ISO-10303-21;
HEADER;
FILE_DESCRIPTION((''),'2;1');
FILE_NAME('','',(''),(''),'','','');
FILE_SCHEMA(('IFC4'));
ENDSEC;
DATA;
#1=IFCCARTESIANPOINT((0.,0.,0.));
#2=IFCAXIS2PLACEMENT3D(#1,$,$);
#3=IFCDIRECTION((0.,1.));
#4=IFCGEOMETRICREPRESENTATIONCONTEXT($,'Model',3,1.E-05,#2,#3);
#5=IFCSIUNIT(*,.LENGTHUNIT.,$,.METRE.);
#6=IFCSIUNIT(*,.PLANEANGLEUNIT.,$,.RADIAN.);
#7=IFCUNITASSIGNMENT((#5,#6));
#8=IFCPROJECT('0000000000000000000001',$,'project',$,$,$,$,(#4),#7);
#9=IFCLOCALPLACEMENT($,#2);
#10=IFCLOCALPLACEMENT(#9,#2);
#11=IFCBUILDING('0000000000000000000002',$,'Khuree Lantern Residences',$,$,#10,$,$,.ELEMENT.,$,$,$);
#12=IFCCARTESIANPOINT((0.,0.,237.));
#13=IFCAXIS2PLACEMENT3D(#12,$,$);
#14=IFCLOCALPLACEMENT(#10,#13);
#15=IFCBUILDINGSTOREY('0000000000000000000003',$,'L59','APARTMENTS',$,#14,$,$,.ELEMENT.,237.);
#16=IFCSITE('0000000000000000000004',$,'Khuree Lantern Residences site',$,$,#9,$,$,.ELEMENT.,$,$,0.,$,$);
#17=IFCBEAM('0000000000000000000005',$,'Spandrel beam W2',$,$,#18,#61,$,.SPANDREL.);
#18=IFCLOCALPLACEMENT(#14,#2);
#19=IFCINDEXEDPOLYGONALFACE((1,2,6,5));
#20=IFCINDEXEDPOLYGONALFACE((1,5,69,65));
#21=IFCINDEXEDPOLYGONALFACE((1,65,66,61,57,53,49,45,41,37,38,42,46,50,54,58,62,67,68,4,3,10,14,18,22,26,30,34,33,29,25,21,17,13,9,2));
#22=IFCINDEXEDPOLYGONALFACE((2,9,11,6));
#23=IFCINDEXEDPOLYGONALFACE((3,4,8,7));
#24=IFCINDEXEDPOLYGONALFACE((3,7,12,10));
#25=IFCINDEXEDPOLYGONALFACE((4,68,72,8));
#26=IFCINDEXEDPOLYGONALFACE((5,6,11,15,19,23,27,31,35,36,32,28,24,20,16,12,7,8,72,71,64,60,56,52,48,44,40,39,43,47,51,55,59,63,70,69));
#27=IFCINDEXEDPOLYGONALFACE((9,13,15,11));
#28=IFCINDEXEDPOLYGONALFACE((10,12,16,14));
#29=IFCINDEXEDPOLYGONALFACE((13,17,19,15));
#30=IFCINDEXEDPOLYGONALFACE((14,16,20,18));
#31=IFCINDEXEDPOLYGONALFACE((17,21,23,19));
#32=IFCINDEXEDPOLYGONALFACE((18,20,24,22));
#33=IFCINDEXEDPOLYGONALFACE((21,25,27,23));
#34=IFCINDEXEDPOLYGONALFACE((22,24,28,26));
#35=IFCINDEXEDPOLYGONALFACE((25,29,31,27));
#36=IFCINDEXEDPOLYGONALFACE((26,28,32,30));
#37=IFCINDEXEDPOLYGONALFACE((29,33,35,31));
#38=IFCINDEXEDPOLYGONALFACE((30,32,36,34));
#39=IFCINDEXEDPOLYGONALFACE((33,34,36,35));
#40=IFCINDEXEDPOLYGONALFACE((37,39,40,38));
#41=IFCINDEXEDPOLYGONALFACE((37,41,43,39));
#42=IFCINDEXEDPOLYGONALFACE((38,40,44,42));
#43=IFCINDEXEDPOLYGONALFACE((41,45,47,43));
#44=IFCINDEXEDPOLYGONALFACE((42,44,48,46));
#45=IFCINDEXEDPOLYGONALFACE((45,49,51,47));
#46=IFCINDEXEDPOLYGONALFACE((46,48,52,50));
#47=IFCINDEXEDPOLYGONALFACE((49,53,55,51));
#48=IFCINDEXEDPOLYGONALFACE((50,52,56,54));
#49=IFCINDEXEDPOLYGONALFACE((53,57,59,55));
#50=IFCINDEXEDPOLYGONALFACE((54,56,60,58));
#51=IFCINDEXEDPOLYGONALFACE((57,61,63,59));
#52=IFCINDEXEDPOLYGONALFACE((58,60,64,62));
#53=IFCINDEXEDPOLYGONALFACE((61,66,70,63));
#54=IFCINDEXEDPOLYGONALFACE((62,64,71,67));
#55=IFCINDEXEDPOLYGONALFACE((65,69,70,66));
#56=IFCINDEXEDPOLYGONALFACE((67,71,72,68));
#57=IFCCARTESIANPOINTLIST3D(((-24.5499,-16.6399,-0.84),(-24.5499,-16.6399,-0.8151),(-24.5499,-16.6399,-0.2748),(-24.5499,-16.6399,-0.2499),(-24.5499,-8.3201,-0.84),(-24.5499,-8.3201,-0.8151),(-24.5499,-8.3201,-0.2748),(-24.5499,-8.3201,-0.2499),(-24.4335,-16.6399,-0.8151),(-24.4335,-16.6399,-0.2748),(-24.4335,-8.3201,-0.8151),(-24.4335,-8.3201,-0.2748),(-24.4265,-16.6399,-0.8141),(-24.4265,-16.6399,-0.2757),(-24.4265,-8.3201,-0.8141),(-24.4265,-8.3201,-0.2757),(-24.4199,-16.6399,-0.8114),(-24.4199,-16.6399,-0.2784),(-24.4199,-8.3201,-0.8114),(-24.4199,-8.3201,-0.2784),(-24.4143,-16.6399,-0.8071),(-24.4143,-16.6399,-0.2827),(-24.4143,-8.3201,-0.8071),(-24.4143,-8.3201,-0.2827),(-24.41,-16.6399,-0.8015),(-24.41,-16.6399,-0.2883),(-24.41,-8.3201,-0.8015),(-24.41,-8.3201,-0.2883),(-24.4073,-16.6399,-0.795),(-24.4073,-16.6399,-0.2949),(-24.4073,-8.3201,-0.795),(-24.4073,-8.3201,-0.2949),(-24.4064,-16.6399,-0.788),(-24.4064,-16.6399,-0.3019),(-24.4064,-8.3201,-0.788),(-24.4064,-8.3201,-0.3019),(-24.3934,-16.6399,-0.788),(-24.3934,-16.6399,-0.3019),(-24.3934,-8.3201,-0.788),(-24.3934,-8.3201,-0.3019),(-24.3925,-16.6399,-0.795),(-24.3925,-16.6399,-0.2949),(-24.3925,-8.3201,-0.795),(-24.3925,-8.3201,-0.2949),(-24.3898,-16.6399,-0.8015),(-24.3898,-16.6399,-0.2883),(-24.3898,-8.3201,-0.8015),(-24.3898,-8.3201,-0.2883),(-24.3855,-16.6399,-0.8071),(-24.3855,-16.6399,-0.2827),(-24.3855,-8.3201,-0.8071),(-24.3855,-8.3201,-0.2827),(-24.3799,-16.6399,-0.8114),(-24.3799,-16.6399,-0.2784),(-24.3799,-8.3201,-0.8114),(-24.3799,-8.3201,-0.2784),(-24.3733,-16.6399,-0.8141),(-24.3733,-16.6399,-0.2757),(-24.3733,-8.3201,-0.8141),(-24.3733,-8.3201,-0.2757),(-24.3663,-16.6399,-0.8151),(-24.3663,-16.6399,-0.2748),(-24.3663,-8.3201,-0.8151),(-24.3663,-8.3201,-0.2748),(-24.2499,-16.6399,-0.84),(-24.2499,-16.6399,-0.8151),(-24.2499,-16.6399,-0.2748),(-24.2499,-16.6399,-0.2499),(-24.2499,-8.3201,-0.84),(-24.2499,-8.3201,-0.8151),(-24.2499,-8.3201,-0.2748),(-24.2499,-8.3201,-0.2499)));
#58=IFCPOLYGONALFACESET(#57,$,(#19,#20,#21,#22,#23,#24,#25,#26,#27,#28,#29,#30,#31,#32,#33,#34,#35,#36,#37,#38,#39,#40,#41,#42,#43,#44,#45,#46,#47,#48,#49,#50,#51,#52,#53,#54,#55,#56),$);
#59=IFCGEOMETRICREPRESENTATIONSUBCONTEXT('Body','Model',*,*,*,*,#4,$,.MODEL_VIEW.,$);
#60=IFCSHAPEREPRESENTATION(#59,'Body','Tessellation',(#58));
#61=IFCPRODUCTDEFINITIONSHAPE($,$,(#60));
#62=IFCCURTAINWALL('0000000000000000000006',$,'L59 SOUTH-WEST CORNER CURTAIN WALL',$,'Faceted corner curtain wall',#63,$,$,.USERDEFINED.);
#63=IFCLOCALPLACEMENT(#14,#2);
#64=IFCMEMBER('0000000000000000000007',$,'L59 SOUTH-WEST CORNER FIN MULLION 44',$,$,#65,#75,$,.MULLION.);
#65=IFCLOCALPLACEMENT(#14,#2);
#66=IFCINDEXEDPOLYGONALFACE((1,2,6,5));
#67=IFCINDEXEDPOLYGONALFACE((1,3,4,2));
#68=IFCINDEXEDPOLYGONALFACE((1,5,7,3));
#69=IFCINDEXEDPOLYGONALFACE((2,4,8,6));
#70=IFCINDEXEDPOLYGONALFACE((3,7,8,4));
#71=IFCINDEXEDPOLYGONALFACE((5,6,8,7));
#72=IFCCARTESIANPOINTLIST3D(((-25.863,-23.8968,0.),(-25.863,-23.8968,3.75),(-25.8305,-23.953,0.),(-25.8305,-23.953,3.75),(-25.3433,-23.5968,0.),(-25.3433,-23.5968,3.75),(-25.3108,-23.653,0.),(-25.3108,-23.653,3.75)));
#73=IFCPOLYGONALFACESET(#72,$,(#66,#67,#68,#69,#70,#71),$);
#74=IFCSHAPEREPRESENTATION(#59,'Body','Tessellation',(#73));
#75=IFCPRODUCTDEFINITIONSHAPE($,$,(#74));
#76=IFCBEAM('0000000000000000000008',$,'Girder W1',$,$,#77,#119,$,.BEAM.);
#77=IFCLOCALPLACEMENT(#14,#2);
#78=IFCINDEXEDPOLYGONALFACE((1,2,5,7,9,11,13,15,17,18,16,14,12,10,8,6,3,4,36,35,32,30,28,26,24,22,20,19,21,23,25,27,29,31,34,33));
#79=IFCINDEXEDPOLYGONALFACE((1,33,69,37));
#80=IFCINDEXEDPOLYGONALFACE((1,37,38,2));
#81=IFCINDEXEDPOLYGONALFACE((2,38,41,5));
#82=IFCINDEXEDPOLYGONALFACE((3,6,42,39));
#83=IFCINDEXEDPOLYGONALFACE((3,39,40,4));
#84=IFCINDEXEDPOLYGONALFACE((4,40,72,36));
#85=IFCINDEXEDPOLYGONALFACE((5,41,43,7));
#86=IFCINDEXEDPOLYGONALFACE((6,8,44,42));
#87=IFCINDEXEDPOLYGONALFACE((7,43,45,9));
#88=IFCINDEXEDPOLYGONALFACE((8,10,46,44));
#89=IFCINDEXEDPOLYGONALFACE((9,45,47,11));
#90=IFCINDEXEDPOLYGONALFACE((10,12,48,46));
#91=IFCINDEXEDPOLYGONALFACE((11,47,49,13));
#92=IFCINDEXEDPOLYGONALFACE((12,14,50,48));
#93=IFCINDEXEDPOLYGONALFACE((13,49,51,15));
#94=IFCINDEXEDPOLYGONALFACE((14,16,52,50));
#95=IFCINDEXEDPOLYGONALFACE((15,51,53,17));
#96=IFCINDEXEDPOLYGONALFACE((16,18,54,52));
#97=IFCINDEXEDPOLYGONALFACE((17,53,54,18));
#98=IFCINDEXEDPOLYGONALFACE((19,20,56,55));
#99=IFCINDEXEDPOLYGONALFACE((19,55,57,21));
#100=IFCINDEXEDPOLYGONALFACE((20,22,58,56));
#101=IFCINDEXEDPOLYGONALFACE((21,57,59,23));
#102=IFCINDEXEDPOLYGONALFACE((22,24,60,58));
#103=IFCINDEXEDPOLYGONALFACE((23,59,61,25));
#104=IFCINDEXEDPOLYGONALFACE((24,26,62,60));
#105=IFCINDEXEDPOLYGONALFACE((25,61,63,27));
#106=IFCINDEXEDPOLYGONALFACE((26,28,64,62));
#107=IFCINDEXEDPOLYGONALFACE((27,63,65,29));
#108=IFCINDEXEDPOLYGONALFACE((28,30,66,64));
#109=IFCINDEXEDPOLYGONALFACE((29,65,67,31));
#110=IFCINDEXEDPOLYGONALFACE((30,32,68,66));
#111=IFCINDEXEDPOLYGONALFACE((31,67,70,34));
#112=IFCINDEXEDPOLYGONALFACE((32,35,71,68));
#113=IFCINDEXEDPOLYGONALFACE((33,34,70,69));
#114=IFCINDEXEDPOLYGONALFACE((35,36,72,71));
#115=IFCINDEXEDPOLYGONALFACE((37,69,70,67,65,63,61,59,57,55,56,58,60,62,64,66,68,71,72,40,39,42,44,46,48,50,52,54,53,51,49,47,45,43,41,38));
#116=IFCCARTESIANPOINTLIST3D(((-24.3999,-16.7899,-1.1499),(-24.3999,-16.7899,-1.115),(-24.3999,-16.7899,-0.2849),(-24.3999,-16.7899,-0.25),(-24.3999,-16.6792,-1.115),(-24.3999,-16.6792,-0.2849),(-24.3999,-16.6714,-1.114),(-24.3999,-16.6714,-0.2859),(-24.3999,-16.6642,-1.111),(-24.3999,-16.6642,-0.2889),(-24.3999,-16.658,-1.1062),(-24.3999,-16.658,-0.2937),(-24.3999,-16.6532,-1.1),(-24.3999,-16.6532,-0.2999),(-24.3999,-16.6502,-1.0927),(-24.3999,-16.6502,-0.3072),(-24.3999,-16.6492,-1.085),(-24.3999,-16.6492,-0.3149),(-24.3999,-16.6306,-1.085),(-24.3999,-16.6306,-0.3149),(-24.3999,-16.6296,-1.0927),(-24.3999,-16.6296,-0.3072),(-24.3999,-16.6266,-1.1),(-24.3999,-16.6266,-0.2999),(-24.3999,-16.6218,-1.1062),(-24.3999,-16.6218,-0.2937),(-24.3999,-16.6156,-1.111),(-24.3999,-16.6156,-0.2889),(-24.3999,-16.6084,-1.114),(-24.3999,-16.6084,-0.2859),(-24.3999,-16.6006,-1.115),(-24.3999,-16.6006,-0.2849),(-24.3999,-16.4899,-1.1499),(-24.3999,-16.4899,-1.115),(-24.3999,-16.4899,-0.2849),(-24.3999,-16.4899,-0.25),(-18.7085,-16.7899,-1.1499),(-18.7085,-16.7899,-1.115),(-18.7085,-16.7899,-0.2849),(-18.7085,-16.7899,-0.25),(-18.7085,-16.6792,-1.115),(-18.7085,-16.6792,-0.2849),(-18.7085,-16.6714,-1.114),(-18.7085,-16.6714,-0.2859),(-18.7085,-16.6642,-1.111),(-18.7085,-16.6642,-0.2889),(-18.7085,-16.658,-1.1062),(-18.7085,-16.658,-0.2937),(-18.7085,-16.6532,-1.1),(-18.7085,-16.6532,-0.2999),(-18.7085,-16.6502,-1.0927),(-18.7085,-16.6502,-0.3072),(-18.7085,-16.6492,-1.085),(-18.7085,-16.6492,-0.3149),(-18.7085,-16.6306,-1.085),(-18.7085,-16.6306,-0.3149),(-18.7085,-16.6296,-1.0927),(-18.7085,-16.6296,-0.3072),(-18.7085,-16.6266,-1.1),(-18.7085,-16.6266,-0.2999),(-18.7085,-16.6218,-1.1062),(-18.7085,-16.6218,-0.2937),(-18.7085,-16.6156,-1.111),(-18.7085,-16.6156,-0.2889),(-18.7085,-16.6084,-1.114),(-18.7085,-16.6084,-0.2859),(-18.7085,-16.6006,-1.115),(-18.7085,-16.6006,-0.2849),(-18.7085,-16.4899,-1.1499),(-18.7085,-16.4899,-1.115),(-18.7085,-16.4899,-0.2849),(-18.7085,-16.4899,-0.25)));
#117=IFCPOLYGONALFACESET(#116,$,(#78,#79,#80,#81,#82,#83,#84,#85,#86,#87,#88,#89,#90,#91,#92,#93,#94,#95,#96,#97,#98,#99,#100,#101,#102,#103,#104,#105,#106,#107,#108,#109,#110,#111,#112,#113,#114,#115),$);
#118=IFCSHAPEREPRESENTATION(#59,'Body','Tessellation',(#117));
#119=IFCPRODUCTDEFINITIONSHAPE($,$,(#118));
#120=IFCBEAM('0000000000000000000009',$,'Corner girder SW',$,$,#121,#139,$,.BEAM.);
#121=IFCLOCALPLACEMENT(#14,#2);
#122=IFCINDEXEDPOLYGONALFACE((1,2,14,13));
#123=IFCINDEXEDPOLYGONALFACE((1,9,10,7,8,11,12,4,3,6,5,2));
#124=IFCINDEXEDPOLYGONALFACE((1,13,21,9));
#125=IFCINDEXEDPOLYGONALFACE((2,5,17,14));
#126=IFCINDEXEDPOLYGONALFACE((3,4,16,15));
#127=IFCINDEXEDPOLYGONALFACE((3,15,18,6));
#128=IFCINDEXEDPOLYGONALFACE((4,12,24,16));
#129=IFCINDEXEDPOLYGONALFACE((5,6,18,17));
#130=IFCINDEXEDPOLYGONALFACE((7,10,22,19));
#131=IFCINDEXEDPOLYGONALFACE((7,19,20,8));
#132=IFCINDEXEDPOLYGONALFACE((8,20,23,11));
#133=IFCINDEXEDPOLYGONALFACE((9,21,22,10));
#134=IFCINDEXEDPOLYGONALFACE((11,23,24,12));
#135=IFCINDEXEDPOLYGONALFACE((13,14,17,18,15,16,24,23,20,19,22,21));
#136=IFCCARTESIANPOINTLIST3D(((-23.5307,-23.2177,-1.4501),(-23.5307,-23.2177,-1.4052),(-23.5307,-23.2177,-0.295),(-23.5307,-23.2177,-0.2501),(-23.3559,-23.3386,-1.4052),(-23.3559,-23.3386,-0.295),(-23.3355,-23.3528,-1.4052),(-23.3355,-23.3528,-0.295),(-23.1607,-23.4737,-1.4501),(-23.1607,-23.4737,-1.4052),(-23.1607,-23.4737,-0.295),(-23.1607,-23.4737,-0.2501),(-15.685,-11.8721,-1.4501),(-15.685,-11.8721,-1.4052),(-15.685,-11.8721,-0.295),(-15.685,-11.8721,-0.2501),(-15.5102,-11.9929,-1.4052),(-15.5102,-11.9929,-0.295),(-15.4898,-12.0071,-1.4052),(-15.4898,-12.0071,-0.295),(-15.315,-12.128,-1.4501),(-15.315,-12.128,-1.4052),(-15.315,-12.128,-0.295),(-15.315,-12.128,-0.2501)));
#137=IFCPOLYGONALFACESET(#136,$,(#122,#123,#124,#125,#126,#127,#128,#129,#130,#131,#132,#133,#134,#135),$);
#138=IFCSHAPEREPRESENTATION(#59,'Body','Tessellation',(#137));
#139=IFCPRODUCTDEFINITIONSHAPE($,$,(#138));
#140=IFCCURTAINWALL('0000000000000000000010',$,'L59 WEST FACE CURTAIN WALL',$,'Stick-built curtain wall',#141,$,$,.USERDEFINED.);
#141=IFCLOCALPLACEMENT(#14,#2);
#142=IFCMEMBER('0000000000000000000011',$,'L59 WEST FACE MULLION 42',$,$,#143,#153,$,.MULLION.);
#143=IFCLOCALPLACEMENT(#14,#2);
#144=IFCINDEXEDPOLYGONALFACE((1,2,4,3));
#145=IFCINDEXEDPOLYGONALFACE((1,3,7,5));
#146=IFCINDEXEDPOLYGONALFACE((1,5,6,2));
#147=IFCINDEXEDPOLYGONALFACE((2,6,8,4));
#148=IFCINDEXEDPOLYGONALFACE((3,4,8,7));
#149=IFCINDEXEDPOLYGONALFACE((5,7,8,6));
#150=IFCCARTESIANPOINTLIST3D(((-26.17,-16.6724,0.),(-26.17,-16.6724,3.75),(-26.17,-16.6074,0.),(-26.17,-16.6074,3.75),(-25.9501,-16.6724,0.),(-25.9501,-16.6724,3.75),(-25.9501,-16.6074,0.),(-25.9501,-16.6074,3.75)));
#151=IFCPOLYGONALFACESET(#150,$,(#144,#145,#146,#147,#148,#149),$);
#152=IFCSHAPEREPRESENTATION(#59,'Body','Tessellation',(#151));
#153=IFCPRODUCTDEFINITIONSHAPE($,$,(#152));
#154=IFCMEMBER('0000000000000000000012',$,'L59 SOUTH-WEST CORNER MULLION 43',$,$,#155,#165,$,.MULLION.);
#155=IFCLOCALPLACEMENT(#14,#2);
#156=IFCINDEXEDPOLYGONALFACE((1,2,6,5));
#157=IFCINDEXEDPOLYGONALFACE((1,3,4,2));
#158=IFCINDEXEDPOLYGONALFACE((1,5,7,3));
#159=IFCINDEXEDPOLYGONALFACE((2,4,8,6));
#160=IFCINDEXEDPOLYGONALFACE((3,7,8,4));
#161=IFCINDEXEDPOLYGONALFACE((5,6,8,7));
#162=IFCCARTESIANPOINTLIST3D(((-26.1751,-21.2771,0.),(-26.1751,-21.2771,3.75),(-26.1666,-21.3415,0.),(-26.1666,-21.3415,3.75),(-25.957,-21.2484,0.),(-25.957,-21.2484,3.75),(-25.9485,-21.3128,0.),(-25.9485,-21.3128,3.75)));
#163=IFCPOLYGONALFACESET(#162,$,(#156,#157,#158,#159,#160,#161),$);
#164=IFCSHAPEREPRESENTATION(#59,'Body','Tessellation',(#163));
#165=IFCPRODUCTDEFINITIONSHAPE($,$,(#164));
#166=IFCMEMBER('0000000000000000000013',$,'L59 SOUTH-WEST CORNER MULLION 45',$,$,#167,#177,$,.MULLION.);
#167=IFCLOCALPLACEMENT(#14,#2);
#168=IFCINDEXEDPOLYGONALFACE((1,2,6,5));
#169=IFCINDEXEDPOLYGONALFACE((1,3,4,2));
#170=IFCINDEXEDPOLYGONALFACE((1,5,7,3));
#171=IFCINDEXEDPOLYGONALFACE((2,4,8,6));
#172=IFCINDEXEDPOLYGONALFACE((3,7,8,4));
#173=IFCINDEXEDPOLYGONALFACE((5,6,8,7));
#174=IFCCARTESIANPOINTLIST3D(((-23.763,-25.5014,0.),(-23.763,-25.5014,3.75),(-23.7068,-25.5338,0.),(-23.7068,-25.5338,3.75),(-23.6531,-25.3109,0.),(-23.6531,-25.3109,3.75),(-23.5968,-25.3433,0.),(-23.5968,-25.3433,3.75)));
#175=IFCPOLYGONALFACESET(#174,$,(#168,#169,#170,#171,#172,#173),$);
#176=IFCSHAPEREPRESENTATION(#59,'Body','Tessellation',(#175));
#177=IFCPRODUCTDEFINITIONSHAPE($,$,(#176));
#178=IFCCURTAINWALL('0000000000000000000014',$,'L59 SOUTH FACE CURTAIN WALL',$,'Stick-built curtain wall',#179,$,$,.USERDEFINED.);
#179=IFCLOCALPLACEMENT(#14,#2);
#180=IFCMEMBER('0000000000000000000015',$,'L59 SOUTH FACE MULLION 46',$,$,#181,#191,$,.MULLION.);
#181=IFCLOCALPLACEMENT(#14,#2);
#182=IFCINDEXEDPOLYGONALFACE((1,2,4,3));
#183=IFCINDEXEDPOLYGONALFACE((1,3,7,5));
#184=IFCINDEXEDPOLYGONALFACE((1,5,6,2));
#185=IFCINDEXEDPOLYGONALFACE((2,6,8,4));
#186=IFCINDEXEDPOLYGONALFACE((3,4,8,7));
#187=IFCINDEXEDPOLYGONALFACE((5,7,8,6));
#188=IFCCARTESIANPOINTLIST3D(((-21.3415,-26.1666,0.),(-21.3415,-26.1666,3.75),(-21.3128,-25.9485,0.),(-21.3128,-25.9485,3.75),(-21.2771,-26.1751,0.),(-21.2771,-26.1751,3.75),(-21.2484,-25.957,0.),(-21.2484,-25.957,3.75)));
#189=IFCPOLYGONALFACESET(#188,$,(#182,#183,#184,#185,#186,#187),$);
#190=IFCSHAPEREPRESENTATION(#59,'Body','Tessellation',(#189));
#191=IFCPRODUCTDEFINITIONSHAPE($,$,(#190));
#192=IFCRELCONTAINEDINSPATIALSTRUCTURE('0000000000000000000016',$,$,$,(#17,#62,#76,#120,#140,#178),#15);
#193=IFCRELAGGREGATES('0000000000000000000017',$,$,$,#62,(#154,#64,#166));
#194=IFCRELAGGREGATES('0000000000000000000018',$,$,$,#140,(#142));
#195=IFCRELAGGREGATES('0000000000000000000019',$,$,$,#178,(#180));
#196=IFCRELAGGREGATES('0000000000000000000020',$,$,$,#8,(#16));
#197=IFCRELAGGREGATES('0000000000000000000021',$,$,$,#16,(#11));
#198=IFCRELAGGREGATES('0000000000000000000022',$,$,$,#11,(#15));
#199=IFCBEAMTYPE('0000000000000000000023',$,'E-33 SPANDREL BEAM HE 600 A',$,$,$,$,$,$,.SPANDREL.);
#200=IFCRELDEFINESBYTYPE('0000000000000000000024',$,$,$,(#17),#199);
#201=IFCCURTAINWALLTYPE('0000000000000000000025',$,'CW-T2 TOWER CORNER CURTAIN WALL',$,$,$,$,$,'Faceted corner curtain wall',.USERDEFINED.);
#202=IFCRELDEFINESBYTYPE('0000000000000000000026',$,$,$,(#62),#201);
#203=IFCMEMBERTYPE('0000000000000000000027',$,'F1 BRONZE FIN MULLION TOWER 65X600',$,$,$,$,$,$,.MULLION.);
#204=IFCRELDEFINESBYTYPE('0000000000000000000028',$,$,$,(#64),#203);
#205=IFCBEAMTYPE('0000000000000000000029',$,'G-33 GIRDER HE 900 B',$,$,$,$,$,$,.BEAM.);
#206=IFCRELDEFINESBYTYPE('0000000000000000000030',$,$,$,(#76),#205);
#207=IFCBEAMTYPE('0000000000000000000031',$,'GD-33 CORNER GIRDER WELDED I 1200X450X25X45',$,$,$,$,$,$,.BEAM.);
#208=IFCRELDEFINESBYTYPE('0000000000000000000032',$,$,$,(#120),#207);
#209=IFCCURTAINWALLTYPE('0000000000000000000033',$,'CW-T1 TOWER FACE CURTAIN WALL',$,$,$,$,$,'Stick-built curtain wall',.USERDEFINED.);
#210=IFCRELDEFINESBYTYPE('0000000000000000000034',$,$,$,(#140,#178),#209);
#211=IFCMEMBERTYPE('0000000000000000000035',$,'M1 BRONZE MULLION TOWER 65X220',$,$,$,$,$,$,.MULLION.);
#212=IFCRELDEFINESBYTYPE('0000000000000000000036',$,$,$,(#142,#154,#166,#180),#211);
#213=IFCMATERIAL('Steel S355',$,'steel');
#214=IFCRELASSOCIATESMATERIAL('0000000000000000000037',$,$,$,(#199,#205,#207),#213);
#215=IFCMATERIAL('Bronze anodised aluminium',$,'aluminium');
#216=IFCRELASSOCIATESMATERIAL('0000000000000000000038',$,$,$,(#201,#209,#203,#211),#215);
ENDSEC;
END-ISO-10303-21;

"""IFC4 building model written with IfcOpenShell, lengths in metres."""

from ifc_helpers import new_model, si_unit, direction, frame, origin, origin_2d, place, context, subcontext, project, spatial, rectangle, i_section, extrude, material, material_profile, profile_set, type_object, element, aggregate, save


model = new_model("IFC4")

# Units and contexts
model_context = context("Model", 3, precision=1e-05, world=origin(), true_north=direction((0.0, 1.0)))
body_context = subcontext(model_context, "Body", "Model", "MODEL_VIEW")
ifc_project = project(units=[si_unit("LENGTHUNIT", "METRE"), si_unit("PLANEANGLEUNIT", "RADIAN")], contexts=[model_context])

# Site, building, storey
site_placement = place(None, origin())
site = spatial("IfcSite", under=ifc_project, at=site_placement, Name="Khuree Lantern Residences site", CompositionType="ELEMENT", RefElevation=0.0)
building_placement = place(site_placement, origin())
building = spatial("IfcBuilding", under=site, at=building_placement, Name="Khuree Lantern Residences", CompositionType="ELEMENT")
storey_placement = place(building_placement, frame((0.0, 0.0, 237.0)))
storey = spatial("IfcBuildingStorey", under=building, at=storey_placement, Name="L59", Description="APARTMENTS", CompositionType="ELEMENT", Elevation=237.0)

# Beam
ifc_material_1 = material(Name="Steel S355", Category="steel")
ifc_material_profile_1 = material_profile(ifc_material_1, i_section(OverallWidth=0.3, OverallDepth=0.5901, WebThickness=0.0129, FlangeThickness=0.0249, FilletRadius=0.0271, at=origin_2d()), Name="HE 600 A")
ifc_profile_set_1 = profile_set([ifc_material_profile_1], Name="Steel S355")
beam_type_1 = type_object("IfcBeamType", Name="E-33 SPANDREL BEAM HE 600 A", PredefinedType="SPANDREL", material=ifc_profile_set_1)
beam_1_placement = place(storey_placement, frame((-24.3999, -16.6399, -0.5449), z_axis=(0.0, 1.0, 0.0), x_axis=(-1.0, 0.0, 0.0)))
element("IfcBeam", 1, at=beam_1_placement, inside=storey, type_object=beam_type_1, Name="Spandrel beam W2", PredefinedType="SPANDREL", context=body_context, shape_type="SweptSolid", body=[
    extrude(i_section(OverallWidth=0.3, OverallDepth=0.5901, WebThickness=0.0129, FlangeThickness=0.0249, FilletRadius=0.0271, at=origin_2d()), origin(), (0.0, 0.0, 1.0), 8.3198),
])

# Curtain wall, member
ifc_material_2 = material(Name="Bronze anodised aluminium", Category="aluminium")
curtain_wall_type_1 = type_object("IfcCurtainWallType", Name="CW-T2 TOWER CORNER CURTAIN WALL", ElementType="Faceted corner curtain wall", PredefinedType="USERDEFINED", material=ifc_material_2)
curtain_wall_1_placement = place(storey_placement, origin())
curtain_wall_1 = element("IfcCurtainWall", 2, at=curtain_wall_1_placement, inside=storey, type_object=curtain_wall_type_1, Name="L59 SOUTH-WEST CORNER CURTAIN WALL", ObjectType="Faceted corner curtain wall", PredefinedType="USERDEFINED")
ifc_material_profile_2 = material_profile(ifc_material_2, rectangle(XDim=0.0649, YDim=0.6001, at=origin_2d()), Name="F1 65X600")
ifc_profile_set_2 = profile_set([ifc_material_profile_2], Name="Bronze anodised aluminium")
member_type_1 = type_object("IfcMemberType", Name="F1 BRONZE FIN MULLION TOWER 65X600", PredefinedType="MULLION", material=ifc_profile_set_2)
member_1_placement = place(storey_placement, frame((-25.5869, -23.7749, 0.0), z_axis=(0.0, 0.0, 1.0), x_axis=(0.5, -0.866025, 0.0)))
member_1 = element("IfcMember", 3, at=member_1_placement, type_object=member_type_1, Name="L59 SOUTH-WEST CORNER FIN MULLION 44", PredefinedType="MULLION", context=body_context, shape_type="SweptSolid", body=[
    extrude(rectangle(XDim=0.0649, YDim=0.6001, at=origin_2d()), origin(), (0.0, 0.0, 1.0), 3.75),
])

# Beams
ifc_material_profile_3 = material_profile(ifc_material_1, i_section(OverallWidth=0.3, OverallDepth=0.8999, WebThickness=0.0186, FlangeThickness=0.0349, FilletRadius=0.03, at=origin_2d()), Name="HE 900 B")
ifc_profile_set_3 = profile_set([ifc_material_profile_3], Name="Steel S355")
beam_type_2 = type_object("IfcBeamType", Name="G-33 GIRDER HE 900 B", PredefinedType="BEAM", material=ifc_profile_set_3)
beam_2_placement = place(storey_placement, frame((-24.3999, -16.6399, -0.7), z_axis=(1.0, 0.0, 0.0), x_axis=(0.0, 1.0, 0.0)))
element("IfcBeam", 4, at=beam_2_placement, inside=storey, type_object=beam_type_2, Name="Girder W1", PredefinedType="BEAM", context=body_context, shape_type="SweptSolid", body=[
    extrude(i_section(OverallWidth=0.3, OverallDepth=0.8999, WebThickness=0.0186, FlangeThickness=0.0349, FilletRadius=0.03, at=origin_2d()), origin(), (0.0, 0.0, 1.0), 5.6914),
])
ifc_material_profile_4 = material_profile(ifc_material_1, i_section(OverallWidth=0.45, OverallDepth=1.2, WebThickness=0.0249, FlangeThickness=0.0449, at=origin_2d()), Name="WELDED I 1200X450X25X45")
ifc_profile_set_4 = profile_set([ifc_material_profile_4], Name="Steel S355")
beam_type_3 = type_object("IfcBeamType", Name="GD-33 CORNER GIRDER WELDED I 1200X450X25X45", PredefinedType="BEAM", material=ifc_profile_set_4)
beam_3_placement = place(storey_placement, frame((-23.3457, -23.3457, -0.8501), z_axis=(0.568768, 0.822498, 0.0), x_axis=(-0.822498, 0.568768, 0.0)))
element("IfcBeam", 5, at=beam_3_placement, inside=storey, type_object=beam_type_3, Name="Corner girder SW", PredefinedType="BEAM", context=body_context, shape_type="SweptSolid", body=[
    extrude(i_section(OverallWidth=0.45, OverallDepth=1.2, WebThickness=0.0249, FlangeThickness=0.0449, at=origin_2d()), origin(), (0.0, 0.0, 1.0), 13.7942),
])

# Curtain wall, member
curtain_wall_type_2 = type_object("IfcCurtainWallType", Name="CW-T1 TOWER FACE CURTAIN WALL", ElementType="Stick-built curtain wall", PredefinedType="USERDEFINED", material=ifc_material_2)
curtain_wall_2_placement = place(storey_placement, origin())
curtain_wall_2 = element("IfcCurtainWall", 6, at=curtain_wall_2_placement, inside=storey, type_object=curtain_wall_type_2, Name="L59 WEST FACE CURTAIN WALL", ObjectType="Stick-built curtain wall", PredefinedType="USERDEFINED")
ifc_material_profile_5 = material_profile(ifc_material_2, rectangle(XDim=0.0649, YDim=0.22, at=origin_2d()), Name="M1 65X220")
ifc_profile_set_5 = profile_set([ifc_material_profile_5], Name="Bronze anodised aluminium")
member_type_2 = type_object("IfcMemberType", Name="M1 BRONZE MULLION TOWER 65X220", PredefinedType="MULLION", material=ifc_profile_set_5)
member_2_placement = place(storey_placement, frame((-26.0601, -16.6399, 0.0), z_axis=(0.0, 0.0, 1.0), x_axis=(0.0, -1.0, 0.0)))
member_2 = element("IfcMember", 7, at=member_2_placement, type_object=member_type_2, Name="L59 WEST FACE MULLION 42", PredefinedType="MULLION", context=body_context, shape_type="SweptSolid", body=[
    extrude(rectangle(XDim=0.0649, YDim=0.22, at=origin_2d()), origin(), (0.0, 0.0, 1.0), 3.75),
])

# Members
member_3_placement = place(storey_placement, frame((-26.0618, -21.2949, 0.0), z_axis=(0.0, 0.0, 1.0), x_axis=(0.130526, -0.991445, 0.0)))
member_3 = element("IfcMember", 8, at=member_3_placement, type_object=member_type_2, Name="L59 SOUTH-WEST CORNER MULLION 43", PredefinedType="MULLION", context=body_context, shape_type="SweptSolid", body=[
    extrude(rectangle(XDim=0.0649, YDim=0.22, at=origin_2d()), origin(), (0.0, 0.0, 1.0), 3.75),
])
member_4_placement = place(storey_placement, frame((-23.6799, -25.4224, 0.0), z_axis=(0.0, 0.0, 1.0), x_axis=(0.866025, -0.5, 0.0)))
member_4 = element("IfcMember", 9, at=member_4_placement, type_object=member_type_2, Name="L59 SOUTH-WEST CORNER MULLION 45", PredefinedType="MULLION", context=body_context, shape_type="SweptSolid", body=[
    extrude(rectangle(XDim=0.0649, YDim=0.22, at=origin_2d()), origin(), (0.0, 0.0, 1.0), 3.75),
])

# Curtain wall, member
curtain_wall_3_placement = place(storey_placement, origin())
curtain_wall_3 = element("IfcCurtainWall", 10, at=curtain_wall_3_placement, inside=storey, type_object=curtain_wall_type_2, Name="L59 SOUTH FACE CURTAIN WALL", ObjectType="Stick-built curtain wall", PredefinedType="USERDEFINED")
member_5_placement = place(storey_placement, frame((-21.2949, -26.0618, 0.0), z_axis=(0.0, 0.0, 1.0), x_axis=(0.991445, -0.130526, 0.0)))
member_5 = element("IfcMember", 11, at=member_5_placement, type_object=member_type_2, Name="L59 SOUTH FACE MULLION 46", PredefinedType="MULLION", context=body_context, shape_type="SweptSolid", body=[
    extrude(rectangle(XDim=0.0649, YDim=0.22, at=origin_2d()), origin(), (0.0, 0.0, 1.0), 3.75),
])

aggregate(curtain_wall_1, [member_3, member_1, member_4])
aggregate(curtain_wall_2, [member_2])
aggregate(curtain_wall_3, [member_5])

save(model, "model.ifc")
